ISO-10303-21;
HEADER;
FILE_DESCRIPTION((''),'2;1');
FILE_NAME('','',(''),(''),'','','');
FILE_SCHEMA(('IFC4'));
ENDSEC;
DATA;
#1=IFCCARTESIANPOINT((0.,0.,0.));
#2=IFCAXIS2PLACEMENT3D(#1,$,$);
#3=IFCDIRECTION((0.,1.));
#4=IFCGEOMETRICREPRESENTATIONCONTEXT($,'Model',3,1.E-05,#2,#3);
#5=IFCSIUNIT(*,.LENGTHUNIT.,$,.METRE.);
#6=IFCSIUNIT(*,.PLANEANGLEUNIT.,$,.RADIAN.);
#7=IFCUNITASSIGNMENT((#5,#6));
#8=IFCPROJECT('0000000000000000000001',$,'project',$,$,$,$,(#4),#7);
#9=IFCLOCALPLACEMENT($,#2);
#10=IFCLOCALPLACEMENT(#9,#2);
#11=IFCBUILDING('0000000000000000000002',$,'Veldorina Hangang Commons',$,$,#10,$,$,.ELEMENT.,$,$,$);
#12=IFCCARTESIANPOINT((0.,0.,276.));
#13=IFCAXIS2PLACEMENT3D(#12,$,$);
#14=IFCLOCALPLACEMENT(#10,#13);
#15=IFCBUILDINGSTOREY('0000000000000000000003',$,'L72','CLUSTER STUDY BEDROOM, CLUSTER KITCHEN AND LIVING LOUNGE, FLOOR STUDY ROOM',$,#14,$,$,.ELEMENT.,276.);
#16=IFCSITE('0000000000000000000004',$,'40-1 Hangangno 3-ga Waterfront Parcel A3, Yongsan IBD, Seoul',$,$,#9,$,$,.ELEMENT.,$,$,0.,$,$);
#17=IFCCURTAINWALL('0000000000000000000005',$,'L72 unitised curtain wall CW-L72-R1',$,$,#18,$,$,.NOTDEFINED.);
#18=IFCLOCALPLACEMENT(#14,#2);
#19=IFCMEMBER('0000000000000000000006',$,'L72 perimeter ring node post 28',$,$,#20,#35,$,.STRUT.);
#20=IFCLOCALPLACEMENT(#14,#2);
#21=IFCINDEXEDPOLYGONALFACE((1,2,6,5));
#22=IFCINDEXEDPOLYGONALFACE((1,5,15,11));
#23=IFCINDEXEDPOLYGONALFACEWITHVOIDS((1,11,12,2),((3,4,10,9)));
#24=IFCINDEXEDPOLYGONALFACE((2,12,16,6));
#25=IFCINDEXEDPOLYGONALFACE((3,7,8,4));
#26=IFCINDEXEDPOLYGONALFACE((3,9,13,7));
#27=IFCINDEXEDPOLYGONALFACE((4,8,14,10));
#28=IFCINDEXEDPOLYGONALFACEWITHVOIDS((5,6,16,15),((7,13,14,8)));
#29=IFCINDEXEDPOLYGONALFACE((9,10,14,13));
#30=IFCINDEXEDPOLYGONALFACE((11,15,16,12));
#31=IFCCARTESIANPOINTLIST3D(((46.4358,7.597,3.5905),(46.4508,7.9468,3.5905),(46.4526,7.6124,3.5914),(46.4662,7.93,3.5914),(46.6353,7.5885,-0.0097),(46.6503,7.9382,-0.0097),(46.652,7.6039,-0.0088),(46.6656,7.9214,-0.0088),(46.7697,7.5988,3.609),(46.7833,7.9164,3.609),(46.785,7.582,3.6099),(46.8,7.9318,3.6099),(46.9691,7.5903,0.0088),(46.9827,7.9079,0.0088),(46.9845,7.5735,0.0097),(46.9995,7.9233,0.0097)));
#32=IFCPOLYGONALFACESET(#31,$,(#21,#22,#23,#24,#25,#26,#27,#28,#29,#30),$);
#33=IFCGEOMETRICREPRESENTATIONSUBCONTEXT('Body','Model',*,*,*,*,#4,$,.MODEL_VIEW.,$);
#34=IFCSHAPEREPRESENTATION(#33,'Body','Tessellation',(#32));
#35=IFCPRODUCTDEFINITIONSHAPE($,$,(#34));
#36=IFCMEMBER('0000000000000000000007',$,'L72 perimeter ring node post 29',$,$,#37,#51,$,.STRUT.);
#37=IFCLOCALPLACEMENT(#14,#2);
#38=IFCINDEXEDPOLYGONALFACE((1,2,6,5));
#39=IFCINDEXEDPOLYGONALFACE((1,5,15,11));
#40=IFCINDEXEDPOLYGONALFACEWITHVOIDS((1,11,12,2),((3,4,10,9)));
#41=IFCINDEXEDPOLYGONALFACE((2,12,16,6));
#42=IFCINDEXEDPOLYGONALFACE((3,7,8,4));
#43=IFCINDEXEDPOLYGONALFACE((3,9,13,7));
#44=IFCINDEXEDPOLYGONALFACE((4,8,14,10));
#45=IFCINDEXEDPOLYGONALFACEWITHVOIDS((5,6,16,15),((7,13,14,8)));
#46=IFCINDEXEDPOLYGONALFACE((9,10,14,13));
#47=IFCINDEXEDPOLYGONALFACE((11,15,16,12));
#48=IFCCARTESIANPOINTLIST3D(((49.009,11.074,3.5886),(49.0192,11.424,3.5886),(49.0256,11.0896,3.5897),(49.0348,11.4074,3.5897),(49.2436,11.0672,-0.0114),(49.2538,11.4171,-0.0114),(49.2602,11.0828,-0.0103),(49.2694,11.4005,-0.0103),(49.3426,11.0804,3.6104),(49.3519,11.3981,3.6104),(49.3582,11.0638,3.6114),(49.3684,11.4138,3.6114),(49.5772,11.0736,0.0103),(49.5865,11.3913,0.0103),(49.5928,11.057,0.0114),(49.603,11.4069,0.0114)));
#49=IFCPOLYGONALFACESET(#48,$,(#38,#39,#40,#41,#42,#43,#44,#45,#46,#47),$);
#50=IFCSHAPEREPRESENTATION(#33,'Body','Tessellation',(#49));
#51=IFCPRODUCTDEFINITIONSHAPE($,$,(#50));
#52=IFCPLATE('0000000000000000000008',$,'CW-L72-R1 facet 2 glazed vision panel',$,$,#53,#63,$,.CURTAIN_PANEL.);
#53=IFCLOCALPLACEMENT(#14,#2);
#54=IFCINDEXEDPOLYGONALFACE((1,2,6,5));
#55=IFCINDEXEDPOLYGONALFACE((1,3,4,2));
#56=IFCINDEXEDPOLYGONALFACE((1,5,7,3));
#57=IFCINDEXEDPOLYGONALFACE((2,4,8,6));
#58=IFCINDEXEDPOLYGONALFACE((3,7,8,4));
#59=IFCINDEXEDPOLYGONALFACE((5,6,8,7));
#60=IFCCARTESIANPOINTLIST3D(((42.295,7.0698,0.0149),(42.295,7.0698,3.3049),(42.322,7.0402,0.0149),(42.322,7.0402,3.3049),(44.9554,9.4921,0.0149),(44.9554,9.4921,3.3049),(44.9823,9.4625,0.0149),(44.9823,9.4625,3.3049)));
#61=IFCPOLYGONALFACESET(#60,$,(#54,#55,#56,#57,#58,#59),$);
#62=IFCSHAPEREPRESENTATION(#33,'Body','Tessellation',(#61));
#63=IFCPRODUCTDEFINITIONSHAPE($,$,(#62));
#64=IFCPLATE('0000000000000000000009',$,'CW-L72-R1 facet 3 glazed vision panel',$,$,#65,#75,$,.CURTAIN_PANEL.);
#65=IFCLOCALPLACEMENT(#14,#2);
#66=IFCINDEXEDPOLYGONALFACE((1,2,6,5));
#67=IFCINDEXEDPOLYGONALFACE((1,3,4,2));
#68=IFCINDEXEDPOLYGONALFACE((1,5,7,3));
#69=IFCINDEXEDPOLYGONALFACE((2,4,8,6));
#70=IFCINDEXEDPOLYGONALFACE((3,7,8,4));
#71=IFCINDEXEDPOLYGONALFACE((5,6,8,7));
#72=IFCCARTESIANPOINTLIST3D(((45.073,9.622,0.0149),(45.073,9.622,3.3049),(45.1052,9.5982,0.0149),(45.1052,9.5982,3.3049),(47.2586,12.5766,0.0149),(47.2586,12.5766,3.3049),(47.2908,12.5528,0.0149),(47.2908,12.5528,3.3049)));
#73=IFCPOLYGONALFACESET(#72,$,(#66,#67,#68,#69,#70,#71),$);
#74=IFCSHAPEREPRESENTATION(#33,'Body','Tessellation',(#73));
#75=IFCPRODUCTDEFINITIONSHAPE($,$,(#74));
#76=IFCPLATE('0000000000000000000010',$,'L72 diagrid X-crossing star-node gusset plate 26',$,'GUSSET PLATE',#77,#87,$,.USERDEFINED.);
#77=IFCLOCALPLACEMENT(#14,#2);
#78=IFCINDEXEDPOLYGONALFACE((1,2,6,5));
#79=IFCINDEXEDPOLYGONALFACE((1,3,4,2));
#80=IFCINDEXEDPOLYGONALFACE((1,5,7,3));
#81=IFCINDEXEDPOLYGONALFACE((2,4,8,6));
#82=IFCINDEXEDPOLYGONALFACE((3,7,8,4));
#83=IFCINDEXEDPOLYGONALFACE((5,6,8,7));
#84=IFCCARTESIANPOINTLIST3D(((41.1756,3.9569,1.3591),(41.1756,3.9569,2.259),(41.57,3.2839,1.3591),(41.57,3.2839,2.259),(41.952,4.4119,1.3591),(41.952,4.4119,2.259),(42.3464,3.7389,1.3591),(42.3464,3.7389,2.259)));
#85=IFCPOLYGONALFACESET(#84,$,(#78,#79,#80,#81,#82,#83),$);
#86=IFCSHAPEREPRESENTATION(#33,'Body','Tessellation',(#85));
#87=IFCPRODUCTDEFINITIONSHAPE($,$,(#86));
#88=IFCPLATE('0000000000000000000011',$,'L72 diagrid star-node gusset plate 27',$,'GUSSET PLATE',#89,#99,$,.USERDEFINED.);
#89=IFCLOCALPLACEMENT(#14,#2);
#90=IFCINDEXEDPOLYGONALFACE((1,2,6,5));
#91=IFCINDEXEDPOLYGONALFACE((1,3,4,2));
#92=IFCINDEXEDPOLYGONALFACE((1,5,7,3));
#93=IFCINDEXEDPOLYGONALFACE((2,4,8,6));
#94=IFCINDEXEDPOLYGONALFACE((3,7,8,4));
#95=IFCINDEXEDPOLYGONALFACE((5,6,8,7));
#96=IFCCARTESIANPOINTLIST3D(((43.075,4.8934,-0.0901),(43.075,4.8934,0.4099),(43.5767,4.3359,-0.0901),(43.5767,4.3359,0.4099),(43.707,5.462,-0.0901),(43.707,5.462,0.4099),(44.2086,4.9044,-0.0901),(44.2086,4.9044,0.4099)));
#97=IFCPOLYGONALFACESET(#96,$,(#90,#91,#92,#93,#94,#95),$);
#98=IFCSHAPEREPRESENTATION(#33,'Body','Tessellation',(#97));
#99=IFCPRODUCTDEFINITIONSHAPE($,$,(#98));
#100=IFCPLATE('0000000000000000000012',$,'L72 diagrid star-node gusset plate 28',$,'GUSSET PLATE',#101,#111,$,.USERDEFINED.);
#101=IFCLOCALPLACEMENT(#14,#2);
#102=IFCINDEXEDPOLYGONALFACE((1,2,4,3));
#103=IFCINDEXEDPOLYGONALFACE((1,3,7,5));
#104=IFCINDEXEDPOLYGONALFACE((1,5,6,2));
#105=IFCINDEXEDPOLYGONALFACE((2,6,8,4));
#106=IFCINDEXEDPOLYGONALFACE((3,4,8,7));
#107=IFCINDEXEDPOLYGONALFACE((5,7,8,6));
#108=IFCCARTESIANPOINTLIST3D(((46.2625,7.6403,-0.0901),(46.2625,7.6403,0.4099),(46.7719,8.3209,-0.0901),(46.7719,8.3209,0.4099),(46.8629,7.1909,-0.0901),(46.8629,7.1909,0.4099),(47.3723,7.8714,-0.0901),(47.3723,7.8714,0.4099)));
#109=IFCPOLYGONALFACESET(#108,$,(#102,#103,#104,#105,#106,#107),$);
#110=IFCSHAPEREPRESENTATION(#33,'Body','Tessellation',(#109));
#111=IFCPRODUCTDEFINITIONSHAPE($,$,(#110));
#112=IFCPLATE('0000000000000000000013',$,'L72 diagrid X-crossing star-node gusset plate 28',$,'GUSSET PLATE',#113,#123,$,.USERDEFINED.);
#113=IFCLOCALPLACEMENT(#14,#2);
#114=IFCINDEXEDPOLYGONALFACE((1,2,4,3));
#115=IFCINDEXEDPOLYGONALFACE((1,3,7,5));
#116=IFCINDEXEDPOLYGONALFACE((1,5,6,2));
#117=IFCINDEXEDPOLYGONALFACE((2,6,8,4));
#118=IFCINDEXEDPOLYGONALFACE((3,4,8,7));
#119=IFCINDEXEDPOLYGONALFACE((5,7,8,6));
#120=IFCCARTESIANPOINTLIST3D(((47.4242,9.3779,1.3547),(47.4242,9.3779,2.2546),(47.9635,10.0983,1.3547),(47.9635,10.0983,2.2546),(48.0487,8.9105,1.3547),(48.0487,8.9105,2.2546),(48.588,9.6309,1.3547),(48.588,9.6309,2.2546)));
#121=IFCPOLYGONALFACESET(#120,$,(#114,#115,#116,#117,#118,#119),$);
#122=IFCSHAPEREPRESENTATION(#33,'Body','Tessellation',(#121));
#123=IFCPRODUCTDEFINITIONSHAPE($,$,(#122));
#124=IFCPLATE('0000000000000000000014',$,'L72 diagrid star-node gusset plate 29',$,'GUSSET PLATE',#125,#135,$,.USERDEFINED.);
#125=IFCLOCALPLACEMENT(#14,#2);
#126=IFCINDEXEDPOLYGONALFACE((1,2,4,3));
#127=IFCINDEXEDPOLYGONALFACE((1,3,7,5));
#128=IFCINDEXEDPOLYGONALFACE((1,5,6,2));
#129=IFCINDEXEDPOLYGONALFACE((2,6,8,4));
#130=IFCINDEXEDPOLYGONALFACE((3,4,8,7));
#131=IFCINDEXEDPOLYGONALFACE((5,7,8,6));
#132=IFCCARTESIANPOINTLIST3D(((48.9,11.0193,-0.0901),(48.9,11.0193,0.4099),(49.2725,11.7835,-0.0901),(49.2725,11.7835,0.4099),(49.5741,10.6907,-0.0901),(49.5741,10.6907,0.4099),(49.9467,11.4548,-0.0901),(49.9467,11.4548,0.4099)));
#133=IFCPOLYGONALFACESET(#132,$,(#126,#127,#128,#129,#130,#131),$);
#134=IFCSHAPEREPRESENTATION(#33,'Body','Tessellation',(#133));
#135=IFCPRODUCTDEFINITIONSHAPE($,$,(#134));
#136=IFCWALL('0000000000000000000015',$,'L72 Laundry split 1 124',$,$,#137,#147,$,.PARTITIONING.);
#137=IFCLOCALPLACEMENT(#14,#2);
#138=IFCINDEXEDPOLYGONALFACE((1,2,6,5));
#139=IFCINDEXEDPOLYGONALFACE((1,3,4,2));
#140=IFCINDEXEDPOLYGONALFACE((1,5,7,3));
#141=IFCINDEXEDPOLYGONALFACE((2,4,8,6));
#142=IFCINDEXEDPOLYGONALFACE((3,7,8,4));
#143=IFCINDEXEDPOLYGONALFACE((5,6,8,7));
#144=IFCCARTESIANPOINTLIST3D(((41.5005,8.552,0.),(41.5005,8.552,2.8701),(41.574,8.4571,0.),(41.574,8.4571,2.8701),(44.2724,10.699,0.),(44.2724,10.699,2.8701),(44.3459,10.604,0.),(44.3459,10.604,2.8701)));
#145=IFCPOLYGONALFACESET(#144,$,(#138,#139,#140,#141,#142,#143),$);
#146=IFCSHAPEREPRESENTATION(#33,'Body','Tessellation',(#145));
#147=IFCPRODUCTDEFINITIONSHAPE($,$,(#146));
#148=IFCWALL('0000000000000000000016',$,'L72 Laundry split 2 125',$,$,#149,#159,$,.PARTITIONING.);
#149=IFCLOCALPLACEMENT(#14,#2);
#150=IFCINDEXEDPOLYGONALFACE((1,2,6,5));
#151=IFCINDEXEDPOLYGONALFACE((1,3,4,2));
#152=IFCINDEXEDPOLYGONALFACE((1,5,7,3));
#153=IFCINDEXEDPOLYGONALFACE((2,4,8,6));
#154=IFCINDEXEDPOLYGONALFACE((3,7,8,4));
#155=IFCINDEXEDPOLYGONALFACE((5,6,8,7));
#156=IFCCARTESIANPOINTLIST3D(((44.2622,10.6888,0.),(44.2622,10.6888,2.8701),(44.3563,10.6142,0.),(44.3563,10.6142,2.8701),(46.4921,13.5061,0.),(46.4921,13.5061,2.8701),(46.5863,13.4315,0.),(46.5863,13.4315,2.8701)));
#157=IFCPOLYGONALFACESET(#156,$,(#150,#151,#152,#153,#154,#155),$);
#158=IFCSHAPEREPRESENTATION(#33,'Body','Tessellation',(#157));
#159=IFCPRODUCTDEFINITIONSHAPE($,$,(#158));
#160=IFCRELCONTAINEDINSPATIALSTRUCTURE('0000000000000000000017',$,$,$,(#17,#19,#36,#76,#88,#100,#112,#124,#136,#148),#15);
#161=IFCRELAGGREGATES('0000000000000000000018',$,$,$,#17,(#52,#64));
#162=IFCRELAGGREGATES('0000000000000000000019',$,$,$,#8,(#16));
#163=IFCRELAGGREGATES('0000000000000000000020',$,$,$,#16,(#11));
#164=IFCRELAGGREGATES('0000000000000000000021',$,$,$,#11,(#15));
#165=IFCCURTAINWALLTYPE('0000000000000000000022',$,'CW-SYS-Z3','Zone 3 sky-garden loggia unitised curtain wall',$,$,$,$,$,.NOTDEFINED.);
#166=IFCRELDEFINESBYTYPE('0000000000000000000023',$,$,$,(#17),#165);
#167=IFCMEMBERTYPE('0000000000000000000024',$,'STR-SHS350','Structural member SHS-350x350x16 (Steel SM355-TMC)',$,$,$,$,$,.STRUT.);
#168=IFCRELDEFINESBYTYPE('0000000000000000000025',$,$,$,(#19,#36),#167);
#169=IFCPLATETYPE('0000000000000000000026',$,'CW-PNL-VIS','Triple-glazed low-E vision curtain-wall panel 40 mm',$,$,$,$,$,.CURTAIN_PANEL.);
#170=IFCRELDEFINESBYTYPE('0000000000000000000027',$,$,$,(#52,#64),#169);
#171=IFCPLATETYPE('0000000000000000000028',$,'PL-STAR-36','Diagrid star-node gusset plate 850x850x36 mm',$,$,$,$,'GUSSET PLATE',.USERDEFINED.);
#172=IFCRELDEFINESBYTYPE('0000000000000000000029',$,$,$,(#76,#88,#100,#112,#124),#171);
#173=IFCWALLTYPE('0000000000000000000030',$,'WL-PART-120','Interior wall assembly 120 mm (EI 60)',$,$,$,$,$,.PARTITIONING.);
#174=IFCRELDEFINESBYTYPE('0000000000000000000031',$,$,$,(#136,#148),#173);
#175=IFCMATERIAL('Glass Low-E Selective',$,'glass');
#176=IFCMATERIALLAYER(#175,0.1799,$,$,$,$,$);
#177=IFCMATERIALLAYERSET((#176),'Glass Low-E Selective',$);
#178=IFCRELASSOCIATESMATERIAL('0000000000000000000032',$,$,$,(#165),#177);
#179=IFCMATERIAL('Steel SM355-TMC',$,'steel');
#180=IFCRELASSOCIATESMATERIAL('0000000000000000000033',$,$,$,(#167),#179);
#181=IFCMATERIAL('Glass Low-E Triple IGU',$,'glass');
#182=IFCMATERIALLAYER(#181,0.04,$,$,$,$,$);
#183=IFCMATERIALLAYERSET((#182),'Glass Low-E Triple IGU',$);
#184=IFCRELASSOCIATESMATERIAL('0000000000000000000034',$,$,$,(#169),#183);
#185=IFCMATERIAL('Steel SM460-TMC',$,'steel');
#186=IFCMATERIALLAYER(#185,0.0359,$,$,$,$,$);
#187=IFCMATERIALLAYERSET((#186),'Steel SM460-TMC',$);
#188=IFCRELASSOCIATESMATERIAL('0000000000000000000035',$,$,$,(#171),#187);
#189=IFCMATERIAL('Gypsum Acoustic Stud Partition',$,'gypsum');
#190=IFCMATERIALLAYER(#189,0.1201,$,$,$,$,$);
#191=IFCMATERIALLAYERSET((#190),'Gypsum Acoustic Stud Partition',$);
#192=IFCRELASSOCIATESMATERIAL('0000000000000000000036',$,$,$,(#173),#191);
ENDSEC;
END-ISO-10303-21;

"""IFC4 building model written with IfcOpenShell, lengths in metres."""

from ifc_helpers import new_model, si_unit, direction, frame, frame_2d, origin, origin_2d, place, context, subcontext, project, spatial, rectangle, hollow_rectangle, extrude, material, layer, layer_set, material_profile, profile_set, type_object, element, aggregate, save


model = new_model("IFC4")

# Units and contexts
model_context = context("Model", 3, precision=1e-05, world=origin(), true_north=direction((0.0, 1.0)))
body_context = subcontext(model_context, "Body", "Model", "MODEL_VIEW")
ifc_project = project(units=[si_unit("LENGTHUNIT", "METRE"), si_unit("PLANEANGLEUNIT", "RADIAN")], contexts=[model_context])

# Site, building, storey
site_placement = place(None, origin())
site = spatial("IfcSite", under=ifc_project, at=site_placement, Name="40-1 Hangangno 3-ga Waterfront Parcel A3, Yongsan IBD, Seoul", CompositionType="ELEMENT", RefElevation=0.0)
building_placement = place(site_placement, origin())
building = spatial("IfcBuilding", under=site, at=building_placement, Name="Veldorina Hangang Commons", CompositionType="ELEMENT")
storey_placement = place(building_placement, frame((0.0, 0.0, 276.0)))
storey = spatial("IfcBuildingStorey", under=building, at=storey_placement, Name="L72", Description="CLUSTER STUDY BEDROOM, CLUSTER KITCHEN AND LIVING LOUNGE, FLOOR STUDY ROOM", CompositionType="ELEMENT", Elevation=276.0)

# Shared definitions
ifc_material_1 = material(Name="Steel SM355-TMC", Category="steel")

# Curtain wall
ifc_material_2 = material(Name="Glass Low-E Selective", Category="glass")
ifc_layer_1 = layer(ifc_material_2, 0.1799)
ifc_layer_set_1 = layer_set([ifc_layer_1], Name="Glass Low-E Selective")
curtain_wall_type = type_object("IfcCurtainWallType", Name="CW-SYS-Z3", Description="Zone 3 sky-garden loggia unitised curtain wall", PredefinedType="NOTDEFINED", material=ifc_layer_set_1)
curtain_wall_placement = place(storey_placement, origin())
curtain_wall = element("IfcCurtainWall", 1, at=curtain_wall_placement, inside=storey, type_object=curtain_wall_type, Name="L72 unitised curtain wall CW-L72-R1", PredefinedType="NOTDEFINED")

# Members
ifc_material_profile_1 = material_profile(ifc_material_1, hollow_rectangle(XDim=0.3501, YDim=0.3501, WallThickness=0.0161, at=origin_2d()), Name="SHS-350x350x16")
ifc_profile_set_1 = profile_set([ifc_material_profile_1], Name="Steel SM355-TMC")
member_type_1 = type_object("IfcMemberType", Name="STR-SHS350", Description="Structural member SHS-350x350x16 (Steel SM355-TMC)", PredefinedType="STRUT", material=ifc_profile_set_1)
member_1_placement = place(storey_placement, frame((46.8174, 7.7559, 0.0), z_axis=(-0.05532, 0.00237, 0.998466), x_axis=(-0.0428, -0.999084, 0.0)))
element("IfcMember", 2, at=member_1_placement, inside=storey, type_object=member_type_1, Name="L72 perimeter ring node post 28", PredefinedType="STRUT", context=body_context, shape_type="SweptSolid", body=[
    extrude(hollow_rectangle(XDim=0.3501, YDim=0.3501, WallThickness=0.0161, at=origin_2d()), origin(), (0.0, 0.0, 1.0), 3.6057),
])
member_2_placement = place(storey_placement, frame((49.4233, 11.2371, 0.0), z_axis=(-0.065032, 0.001895, 0.997881), x_axis=(-0.029124, -0.999576, 0.0)))
element("IfcMember", 3, at=member_2_placement, inside=storey, type_object=member_type_1, Name="L72 perimeter ring node post 29", PredefinedType="STRUT", context=body_context, shape_type="SweptSolid", body=[
    extrude(hollow_rectangle(XDim=0.3501, YDim=0.3501, WallThickness=0.0161, at=origin_2d()), origin(), (0.0, 0.0, 1.0), 3.6077),
])

# Plates
ifc_material_3 = material(Name="Glass Low-E Triple IGU", Category="glass")
ifc_layer_2 = layer(ifc_material_3, 0.04)
ifc_layer_set_2 = layer_set([ifc_layer_2], Name="Glass Low-E Triple IGU")
plate_type_1 = type_object("IfcPlateType", Name="CW-PNL-VIS", Description="Triple-glazed low-E vision curtain-wall panel 40 mm", PredefinedType="CURTAIN_PANEL", material=ifc_layer_set_2)
plate_1_placement = place(storey_placement, frame((43.6387, 8.2661, 0.0149), z_axis=(0.0, 0.0, 1.0), x_axis=(0.739408, 0.673258, 0.0)))
plate_1 = element("IfcPlate", 4, at=plate_1_placement, type_object=plate_type_1, Name="CW-L72-R1 facet 2 glazed vision panel", PredefinedType="CURTAIN_PANEL", context=body_context, shape_type="SweptSolid", body=[
    extrude(rectangle(XDim=3.5979, YDim=0.04, at=origin_2d()), origin(), (0.0, 0.0, 1.0), 3.29),
])
plate_2_placement = place(storey_placement, frame((46.1819, 11.0874, 0.0149), z_axis=(0.0, 0.0, 1.0), x_axis=(0.594711, 0.80394, 0.0)))
plate_2 = element("IfcPlate", 5, at=plate_2_placement, type_object=plate_type_1, Name="CW-L72-R1 facet 3 glazed vision panel", PredefinedType="CURTAIN_PANEL", context=body_context, shape_type="SweptSolid", body=[
    extrude(rectangle(XDim=3.675, YDim=0.04, at=origin_2d()), origin(), (0.0, 0.0, 1.0), 3.29),
])
aggregate(curtain_wall, [plate_1, plate_2])

# Plates
ifc_material_4 = material(Name="Steel SM460-TMC", Category="steel")
ifc_layer_3 = layer(ifc_material_4, 0.0359)
ifc_layer_set_3 = layer_set([ifc_layer_3], Name="Steel SM460-TMC")
plate_type_2 = type_object("IfcPlateType", Name="PL-STAR-36", Description="Diagrid star-node gusset plate 850x850x36 mm", ElementType="GUSSET PLATE", PredefinedType="USERDEFINED", material=ifc_layer_set_3)
plate_3_placement = place(storey_placement, frame((41.761, 3.8479, 1.3591), z_axis=(0.0, 0.0, 1.0), x_axis=(0.862779, 0.505582, 0.0)))
element("IfcPlate", 6, at=plate_3_placement, inside=storey, type_object=plate_type_2, Name="L72 diagrid X-crossing star-node gusset plate 26", ObjectType="GUSSET PLATE", PredefinedType="USERDEFINED", context=body_context, shape_type="SweptSolid", body=[
    extrude(rectangle(XDim=0.8999, YDim=0.78, at=origin_2d()), origin(), (0.0, 0.0, 1.0), 0.8999),
])
for number, where, z_axis, x_axis, name in (
    (7, (43.6418, 4.8989, -0.0901), (0.0, 0.0, 1.0), (0.743413, 0.668832, 0.0), "L72 diagrid star-node gusset plate 27"),
    (8, (46.8174, 7.7559, -0.0901), (0.0, 0.0, 1.0), (0.599261, 0.800554, 0.0), "L72 diagrid star-node gusset plate 28"),
):
    element("IfcPlate", number, at=place(storey_placement, frame(where, z_axis=z_axis, x_axis=x_axis)), inside=storey, type_object=plate_type_2, Name=name, ObjectType="GUSSET PLATE", PredefinedType="USERDEFINED", context=body_context, shape_type="SweptSolid", body=[
        extrude(rectangle(XDim=0.8501, YDim=0.75, at=origin_2d()), origin(), (0.0, 0.0, 1.0), 0.5),
    ])
plate_4_placement = place(storey_placement, frame((48.0061, 9.5044, 1.3547), z_axis=(0.0, 0.0, 1.0), x_axis=(0.599261, 0.800554, 0.0)))
element("IfcPlate", 9, at=plate_4_placement, inside=storey, type_object=plate_type_2, Name="L72 diagrid X-crossing star-node gusset plate 28", ObjectType="GUSSET PLATE", PredefinedType="USERDEFINED", context=body_context, shape_type="SweptSolid", body=[
    extrude(rectangle(XDim=0.8999, YDim=0.78, at=origin_2d()), origin(), (0.0, 0.0, 1.0), 0.8999),
])
plate_5_placement = place(storey_placement, frame((49.4233, 11.2371, -0.0901), z_axis=(0.0, 0.0, 1.0), x_axis=(0.438246, 0.898855, 0.0)))
element("IfcPlate", 10, at=plate_5_placement, inside=storey, type_object=plate_type_2, Name="L72 diagrid star-node gusset plate 29", ObjectType="GUSSET PLATE", PredefinedType="USERDEFINED", context=body_context, shape_type="SweptSolid", body=[
    extrude(rectangle(XDim=0.8501, YDim=0.75, at=origin_2d()), origin(), (0.0, 0.0, 1.0), 0.5),
])

# Walls
ifc_material_5 = material(Name="Gypsum Acoustic Stud Partition", Category="gypsum")
ifc_layer_4 = layer(ifc_material_5, 0.1201)
ifc_layer_set_4 = layer_set([ifc_layer_4], Name="Gypsum Acoustic Stud Partition")
wall_type = type_object("IfcWallType", Name="WL-PART-120", Description="Interior wall assembly 120 mm (EI 60)", PredefinedType="PARTITIONING", material=ifc_layer_set_4)
wall_1_placement = place(storey_placement, frame((41.5374, 8.5046, 0.0), z_axis=(0.0, 0.0, 1.0), x_axis=(0.790595, 0.612339, 0.0)))
element("IfcWall", 11, at=wall_1_placement, inside=storey, type_object=wall_type, Name="L72 Laundry split 1 124", PredefinedType="PARTITIONING", context=body_context, shape_type="SweptSolid", body=[
    extrude(rectangle(XDim=3.5061, YDim=0.1201, at=frame_2d((1.7529, 0.0))), origin(), (0.0, 0.0, 1.0), 2.8701),
])
wall_2_placement = place(storey_placement, frame((44.3093, 10.6516, 0.0), z_axis=(0.0, 0.0, 1.0), x_axis=(0.620626, 0.784106, 0.0)))
element("IfcWall", 12, at=wall_2_placement, inside=storey, type_object=wall_type, Name="L72 Laundry split 2 125", PredefinedType="PARTITIONING", context=body_context, shape_type="SweptSolid", body=[
    extrude(rectangle(XDim=3.593, YDim=0.1201, at=frame_2d((1.7964, 0.0))), origin(), (0.0, 0.0, 1.0), 2.8701),
])

save(model, "model.ifc")
